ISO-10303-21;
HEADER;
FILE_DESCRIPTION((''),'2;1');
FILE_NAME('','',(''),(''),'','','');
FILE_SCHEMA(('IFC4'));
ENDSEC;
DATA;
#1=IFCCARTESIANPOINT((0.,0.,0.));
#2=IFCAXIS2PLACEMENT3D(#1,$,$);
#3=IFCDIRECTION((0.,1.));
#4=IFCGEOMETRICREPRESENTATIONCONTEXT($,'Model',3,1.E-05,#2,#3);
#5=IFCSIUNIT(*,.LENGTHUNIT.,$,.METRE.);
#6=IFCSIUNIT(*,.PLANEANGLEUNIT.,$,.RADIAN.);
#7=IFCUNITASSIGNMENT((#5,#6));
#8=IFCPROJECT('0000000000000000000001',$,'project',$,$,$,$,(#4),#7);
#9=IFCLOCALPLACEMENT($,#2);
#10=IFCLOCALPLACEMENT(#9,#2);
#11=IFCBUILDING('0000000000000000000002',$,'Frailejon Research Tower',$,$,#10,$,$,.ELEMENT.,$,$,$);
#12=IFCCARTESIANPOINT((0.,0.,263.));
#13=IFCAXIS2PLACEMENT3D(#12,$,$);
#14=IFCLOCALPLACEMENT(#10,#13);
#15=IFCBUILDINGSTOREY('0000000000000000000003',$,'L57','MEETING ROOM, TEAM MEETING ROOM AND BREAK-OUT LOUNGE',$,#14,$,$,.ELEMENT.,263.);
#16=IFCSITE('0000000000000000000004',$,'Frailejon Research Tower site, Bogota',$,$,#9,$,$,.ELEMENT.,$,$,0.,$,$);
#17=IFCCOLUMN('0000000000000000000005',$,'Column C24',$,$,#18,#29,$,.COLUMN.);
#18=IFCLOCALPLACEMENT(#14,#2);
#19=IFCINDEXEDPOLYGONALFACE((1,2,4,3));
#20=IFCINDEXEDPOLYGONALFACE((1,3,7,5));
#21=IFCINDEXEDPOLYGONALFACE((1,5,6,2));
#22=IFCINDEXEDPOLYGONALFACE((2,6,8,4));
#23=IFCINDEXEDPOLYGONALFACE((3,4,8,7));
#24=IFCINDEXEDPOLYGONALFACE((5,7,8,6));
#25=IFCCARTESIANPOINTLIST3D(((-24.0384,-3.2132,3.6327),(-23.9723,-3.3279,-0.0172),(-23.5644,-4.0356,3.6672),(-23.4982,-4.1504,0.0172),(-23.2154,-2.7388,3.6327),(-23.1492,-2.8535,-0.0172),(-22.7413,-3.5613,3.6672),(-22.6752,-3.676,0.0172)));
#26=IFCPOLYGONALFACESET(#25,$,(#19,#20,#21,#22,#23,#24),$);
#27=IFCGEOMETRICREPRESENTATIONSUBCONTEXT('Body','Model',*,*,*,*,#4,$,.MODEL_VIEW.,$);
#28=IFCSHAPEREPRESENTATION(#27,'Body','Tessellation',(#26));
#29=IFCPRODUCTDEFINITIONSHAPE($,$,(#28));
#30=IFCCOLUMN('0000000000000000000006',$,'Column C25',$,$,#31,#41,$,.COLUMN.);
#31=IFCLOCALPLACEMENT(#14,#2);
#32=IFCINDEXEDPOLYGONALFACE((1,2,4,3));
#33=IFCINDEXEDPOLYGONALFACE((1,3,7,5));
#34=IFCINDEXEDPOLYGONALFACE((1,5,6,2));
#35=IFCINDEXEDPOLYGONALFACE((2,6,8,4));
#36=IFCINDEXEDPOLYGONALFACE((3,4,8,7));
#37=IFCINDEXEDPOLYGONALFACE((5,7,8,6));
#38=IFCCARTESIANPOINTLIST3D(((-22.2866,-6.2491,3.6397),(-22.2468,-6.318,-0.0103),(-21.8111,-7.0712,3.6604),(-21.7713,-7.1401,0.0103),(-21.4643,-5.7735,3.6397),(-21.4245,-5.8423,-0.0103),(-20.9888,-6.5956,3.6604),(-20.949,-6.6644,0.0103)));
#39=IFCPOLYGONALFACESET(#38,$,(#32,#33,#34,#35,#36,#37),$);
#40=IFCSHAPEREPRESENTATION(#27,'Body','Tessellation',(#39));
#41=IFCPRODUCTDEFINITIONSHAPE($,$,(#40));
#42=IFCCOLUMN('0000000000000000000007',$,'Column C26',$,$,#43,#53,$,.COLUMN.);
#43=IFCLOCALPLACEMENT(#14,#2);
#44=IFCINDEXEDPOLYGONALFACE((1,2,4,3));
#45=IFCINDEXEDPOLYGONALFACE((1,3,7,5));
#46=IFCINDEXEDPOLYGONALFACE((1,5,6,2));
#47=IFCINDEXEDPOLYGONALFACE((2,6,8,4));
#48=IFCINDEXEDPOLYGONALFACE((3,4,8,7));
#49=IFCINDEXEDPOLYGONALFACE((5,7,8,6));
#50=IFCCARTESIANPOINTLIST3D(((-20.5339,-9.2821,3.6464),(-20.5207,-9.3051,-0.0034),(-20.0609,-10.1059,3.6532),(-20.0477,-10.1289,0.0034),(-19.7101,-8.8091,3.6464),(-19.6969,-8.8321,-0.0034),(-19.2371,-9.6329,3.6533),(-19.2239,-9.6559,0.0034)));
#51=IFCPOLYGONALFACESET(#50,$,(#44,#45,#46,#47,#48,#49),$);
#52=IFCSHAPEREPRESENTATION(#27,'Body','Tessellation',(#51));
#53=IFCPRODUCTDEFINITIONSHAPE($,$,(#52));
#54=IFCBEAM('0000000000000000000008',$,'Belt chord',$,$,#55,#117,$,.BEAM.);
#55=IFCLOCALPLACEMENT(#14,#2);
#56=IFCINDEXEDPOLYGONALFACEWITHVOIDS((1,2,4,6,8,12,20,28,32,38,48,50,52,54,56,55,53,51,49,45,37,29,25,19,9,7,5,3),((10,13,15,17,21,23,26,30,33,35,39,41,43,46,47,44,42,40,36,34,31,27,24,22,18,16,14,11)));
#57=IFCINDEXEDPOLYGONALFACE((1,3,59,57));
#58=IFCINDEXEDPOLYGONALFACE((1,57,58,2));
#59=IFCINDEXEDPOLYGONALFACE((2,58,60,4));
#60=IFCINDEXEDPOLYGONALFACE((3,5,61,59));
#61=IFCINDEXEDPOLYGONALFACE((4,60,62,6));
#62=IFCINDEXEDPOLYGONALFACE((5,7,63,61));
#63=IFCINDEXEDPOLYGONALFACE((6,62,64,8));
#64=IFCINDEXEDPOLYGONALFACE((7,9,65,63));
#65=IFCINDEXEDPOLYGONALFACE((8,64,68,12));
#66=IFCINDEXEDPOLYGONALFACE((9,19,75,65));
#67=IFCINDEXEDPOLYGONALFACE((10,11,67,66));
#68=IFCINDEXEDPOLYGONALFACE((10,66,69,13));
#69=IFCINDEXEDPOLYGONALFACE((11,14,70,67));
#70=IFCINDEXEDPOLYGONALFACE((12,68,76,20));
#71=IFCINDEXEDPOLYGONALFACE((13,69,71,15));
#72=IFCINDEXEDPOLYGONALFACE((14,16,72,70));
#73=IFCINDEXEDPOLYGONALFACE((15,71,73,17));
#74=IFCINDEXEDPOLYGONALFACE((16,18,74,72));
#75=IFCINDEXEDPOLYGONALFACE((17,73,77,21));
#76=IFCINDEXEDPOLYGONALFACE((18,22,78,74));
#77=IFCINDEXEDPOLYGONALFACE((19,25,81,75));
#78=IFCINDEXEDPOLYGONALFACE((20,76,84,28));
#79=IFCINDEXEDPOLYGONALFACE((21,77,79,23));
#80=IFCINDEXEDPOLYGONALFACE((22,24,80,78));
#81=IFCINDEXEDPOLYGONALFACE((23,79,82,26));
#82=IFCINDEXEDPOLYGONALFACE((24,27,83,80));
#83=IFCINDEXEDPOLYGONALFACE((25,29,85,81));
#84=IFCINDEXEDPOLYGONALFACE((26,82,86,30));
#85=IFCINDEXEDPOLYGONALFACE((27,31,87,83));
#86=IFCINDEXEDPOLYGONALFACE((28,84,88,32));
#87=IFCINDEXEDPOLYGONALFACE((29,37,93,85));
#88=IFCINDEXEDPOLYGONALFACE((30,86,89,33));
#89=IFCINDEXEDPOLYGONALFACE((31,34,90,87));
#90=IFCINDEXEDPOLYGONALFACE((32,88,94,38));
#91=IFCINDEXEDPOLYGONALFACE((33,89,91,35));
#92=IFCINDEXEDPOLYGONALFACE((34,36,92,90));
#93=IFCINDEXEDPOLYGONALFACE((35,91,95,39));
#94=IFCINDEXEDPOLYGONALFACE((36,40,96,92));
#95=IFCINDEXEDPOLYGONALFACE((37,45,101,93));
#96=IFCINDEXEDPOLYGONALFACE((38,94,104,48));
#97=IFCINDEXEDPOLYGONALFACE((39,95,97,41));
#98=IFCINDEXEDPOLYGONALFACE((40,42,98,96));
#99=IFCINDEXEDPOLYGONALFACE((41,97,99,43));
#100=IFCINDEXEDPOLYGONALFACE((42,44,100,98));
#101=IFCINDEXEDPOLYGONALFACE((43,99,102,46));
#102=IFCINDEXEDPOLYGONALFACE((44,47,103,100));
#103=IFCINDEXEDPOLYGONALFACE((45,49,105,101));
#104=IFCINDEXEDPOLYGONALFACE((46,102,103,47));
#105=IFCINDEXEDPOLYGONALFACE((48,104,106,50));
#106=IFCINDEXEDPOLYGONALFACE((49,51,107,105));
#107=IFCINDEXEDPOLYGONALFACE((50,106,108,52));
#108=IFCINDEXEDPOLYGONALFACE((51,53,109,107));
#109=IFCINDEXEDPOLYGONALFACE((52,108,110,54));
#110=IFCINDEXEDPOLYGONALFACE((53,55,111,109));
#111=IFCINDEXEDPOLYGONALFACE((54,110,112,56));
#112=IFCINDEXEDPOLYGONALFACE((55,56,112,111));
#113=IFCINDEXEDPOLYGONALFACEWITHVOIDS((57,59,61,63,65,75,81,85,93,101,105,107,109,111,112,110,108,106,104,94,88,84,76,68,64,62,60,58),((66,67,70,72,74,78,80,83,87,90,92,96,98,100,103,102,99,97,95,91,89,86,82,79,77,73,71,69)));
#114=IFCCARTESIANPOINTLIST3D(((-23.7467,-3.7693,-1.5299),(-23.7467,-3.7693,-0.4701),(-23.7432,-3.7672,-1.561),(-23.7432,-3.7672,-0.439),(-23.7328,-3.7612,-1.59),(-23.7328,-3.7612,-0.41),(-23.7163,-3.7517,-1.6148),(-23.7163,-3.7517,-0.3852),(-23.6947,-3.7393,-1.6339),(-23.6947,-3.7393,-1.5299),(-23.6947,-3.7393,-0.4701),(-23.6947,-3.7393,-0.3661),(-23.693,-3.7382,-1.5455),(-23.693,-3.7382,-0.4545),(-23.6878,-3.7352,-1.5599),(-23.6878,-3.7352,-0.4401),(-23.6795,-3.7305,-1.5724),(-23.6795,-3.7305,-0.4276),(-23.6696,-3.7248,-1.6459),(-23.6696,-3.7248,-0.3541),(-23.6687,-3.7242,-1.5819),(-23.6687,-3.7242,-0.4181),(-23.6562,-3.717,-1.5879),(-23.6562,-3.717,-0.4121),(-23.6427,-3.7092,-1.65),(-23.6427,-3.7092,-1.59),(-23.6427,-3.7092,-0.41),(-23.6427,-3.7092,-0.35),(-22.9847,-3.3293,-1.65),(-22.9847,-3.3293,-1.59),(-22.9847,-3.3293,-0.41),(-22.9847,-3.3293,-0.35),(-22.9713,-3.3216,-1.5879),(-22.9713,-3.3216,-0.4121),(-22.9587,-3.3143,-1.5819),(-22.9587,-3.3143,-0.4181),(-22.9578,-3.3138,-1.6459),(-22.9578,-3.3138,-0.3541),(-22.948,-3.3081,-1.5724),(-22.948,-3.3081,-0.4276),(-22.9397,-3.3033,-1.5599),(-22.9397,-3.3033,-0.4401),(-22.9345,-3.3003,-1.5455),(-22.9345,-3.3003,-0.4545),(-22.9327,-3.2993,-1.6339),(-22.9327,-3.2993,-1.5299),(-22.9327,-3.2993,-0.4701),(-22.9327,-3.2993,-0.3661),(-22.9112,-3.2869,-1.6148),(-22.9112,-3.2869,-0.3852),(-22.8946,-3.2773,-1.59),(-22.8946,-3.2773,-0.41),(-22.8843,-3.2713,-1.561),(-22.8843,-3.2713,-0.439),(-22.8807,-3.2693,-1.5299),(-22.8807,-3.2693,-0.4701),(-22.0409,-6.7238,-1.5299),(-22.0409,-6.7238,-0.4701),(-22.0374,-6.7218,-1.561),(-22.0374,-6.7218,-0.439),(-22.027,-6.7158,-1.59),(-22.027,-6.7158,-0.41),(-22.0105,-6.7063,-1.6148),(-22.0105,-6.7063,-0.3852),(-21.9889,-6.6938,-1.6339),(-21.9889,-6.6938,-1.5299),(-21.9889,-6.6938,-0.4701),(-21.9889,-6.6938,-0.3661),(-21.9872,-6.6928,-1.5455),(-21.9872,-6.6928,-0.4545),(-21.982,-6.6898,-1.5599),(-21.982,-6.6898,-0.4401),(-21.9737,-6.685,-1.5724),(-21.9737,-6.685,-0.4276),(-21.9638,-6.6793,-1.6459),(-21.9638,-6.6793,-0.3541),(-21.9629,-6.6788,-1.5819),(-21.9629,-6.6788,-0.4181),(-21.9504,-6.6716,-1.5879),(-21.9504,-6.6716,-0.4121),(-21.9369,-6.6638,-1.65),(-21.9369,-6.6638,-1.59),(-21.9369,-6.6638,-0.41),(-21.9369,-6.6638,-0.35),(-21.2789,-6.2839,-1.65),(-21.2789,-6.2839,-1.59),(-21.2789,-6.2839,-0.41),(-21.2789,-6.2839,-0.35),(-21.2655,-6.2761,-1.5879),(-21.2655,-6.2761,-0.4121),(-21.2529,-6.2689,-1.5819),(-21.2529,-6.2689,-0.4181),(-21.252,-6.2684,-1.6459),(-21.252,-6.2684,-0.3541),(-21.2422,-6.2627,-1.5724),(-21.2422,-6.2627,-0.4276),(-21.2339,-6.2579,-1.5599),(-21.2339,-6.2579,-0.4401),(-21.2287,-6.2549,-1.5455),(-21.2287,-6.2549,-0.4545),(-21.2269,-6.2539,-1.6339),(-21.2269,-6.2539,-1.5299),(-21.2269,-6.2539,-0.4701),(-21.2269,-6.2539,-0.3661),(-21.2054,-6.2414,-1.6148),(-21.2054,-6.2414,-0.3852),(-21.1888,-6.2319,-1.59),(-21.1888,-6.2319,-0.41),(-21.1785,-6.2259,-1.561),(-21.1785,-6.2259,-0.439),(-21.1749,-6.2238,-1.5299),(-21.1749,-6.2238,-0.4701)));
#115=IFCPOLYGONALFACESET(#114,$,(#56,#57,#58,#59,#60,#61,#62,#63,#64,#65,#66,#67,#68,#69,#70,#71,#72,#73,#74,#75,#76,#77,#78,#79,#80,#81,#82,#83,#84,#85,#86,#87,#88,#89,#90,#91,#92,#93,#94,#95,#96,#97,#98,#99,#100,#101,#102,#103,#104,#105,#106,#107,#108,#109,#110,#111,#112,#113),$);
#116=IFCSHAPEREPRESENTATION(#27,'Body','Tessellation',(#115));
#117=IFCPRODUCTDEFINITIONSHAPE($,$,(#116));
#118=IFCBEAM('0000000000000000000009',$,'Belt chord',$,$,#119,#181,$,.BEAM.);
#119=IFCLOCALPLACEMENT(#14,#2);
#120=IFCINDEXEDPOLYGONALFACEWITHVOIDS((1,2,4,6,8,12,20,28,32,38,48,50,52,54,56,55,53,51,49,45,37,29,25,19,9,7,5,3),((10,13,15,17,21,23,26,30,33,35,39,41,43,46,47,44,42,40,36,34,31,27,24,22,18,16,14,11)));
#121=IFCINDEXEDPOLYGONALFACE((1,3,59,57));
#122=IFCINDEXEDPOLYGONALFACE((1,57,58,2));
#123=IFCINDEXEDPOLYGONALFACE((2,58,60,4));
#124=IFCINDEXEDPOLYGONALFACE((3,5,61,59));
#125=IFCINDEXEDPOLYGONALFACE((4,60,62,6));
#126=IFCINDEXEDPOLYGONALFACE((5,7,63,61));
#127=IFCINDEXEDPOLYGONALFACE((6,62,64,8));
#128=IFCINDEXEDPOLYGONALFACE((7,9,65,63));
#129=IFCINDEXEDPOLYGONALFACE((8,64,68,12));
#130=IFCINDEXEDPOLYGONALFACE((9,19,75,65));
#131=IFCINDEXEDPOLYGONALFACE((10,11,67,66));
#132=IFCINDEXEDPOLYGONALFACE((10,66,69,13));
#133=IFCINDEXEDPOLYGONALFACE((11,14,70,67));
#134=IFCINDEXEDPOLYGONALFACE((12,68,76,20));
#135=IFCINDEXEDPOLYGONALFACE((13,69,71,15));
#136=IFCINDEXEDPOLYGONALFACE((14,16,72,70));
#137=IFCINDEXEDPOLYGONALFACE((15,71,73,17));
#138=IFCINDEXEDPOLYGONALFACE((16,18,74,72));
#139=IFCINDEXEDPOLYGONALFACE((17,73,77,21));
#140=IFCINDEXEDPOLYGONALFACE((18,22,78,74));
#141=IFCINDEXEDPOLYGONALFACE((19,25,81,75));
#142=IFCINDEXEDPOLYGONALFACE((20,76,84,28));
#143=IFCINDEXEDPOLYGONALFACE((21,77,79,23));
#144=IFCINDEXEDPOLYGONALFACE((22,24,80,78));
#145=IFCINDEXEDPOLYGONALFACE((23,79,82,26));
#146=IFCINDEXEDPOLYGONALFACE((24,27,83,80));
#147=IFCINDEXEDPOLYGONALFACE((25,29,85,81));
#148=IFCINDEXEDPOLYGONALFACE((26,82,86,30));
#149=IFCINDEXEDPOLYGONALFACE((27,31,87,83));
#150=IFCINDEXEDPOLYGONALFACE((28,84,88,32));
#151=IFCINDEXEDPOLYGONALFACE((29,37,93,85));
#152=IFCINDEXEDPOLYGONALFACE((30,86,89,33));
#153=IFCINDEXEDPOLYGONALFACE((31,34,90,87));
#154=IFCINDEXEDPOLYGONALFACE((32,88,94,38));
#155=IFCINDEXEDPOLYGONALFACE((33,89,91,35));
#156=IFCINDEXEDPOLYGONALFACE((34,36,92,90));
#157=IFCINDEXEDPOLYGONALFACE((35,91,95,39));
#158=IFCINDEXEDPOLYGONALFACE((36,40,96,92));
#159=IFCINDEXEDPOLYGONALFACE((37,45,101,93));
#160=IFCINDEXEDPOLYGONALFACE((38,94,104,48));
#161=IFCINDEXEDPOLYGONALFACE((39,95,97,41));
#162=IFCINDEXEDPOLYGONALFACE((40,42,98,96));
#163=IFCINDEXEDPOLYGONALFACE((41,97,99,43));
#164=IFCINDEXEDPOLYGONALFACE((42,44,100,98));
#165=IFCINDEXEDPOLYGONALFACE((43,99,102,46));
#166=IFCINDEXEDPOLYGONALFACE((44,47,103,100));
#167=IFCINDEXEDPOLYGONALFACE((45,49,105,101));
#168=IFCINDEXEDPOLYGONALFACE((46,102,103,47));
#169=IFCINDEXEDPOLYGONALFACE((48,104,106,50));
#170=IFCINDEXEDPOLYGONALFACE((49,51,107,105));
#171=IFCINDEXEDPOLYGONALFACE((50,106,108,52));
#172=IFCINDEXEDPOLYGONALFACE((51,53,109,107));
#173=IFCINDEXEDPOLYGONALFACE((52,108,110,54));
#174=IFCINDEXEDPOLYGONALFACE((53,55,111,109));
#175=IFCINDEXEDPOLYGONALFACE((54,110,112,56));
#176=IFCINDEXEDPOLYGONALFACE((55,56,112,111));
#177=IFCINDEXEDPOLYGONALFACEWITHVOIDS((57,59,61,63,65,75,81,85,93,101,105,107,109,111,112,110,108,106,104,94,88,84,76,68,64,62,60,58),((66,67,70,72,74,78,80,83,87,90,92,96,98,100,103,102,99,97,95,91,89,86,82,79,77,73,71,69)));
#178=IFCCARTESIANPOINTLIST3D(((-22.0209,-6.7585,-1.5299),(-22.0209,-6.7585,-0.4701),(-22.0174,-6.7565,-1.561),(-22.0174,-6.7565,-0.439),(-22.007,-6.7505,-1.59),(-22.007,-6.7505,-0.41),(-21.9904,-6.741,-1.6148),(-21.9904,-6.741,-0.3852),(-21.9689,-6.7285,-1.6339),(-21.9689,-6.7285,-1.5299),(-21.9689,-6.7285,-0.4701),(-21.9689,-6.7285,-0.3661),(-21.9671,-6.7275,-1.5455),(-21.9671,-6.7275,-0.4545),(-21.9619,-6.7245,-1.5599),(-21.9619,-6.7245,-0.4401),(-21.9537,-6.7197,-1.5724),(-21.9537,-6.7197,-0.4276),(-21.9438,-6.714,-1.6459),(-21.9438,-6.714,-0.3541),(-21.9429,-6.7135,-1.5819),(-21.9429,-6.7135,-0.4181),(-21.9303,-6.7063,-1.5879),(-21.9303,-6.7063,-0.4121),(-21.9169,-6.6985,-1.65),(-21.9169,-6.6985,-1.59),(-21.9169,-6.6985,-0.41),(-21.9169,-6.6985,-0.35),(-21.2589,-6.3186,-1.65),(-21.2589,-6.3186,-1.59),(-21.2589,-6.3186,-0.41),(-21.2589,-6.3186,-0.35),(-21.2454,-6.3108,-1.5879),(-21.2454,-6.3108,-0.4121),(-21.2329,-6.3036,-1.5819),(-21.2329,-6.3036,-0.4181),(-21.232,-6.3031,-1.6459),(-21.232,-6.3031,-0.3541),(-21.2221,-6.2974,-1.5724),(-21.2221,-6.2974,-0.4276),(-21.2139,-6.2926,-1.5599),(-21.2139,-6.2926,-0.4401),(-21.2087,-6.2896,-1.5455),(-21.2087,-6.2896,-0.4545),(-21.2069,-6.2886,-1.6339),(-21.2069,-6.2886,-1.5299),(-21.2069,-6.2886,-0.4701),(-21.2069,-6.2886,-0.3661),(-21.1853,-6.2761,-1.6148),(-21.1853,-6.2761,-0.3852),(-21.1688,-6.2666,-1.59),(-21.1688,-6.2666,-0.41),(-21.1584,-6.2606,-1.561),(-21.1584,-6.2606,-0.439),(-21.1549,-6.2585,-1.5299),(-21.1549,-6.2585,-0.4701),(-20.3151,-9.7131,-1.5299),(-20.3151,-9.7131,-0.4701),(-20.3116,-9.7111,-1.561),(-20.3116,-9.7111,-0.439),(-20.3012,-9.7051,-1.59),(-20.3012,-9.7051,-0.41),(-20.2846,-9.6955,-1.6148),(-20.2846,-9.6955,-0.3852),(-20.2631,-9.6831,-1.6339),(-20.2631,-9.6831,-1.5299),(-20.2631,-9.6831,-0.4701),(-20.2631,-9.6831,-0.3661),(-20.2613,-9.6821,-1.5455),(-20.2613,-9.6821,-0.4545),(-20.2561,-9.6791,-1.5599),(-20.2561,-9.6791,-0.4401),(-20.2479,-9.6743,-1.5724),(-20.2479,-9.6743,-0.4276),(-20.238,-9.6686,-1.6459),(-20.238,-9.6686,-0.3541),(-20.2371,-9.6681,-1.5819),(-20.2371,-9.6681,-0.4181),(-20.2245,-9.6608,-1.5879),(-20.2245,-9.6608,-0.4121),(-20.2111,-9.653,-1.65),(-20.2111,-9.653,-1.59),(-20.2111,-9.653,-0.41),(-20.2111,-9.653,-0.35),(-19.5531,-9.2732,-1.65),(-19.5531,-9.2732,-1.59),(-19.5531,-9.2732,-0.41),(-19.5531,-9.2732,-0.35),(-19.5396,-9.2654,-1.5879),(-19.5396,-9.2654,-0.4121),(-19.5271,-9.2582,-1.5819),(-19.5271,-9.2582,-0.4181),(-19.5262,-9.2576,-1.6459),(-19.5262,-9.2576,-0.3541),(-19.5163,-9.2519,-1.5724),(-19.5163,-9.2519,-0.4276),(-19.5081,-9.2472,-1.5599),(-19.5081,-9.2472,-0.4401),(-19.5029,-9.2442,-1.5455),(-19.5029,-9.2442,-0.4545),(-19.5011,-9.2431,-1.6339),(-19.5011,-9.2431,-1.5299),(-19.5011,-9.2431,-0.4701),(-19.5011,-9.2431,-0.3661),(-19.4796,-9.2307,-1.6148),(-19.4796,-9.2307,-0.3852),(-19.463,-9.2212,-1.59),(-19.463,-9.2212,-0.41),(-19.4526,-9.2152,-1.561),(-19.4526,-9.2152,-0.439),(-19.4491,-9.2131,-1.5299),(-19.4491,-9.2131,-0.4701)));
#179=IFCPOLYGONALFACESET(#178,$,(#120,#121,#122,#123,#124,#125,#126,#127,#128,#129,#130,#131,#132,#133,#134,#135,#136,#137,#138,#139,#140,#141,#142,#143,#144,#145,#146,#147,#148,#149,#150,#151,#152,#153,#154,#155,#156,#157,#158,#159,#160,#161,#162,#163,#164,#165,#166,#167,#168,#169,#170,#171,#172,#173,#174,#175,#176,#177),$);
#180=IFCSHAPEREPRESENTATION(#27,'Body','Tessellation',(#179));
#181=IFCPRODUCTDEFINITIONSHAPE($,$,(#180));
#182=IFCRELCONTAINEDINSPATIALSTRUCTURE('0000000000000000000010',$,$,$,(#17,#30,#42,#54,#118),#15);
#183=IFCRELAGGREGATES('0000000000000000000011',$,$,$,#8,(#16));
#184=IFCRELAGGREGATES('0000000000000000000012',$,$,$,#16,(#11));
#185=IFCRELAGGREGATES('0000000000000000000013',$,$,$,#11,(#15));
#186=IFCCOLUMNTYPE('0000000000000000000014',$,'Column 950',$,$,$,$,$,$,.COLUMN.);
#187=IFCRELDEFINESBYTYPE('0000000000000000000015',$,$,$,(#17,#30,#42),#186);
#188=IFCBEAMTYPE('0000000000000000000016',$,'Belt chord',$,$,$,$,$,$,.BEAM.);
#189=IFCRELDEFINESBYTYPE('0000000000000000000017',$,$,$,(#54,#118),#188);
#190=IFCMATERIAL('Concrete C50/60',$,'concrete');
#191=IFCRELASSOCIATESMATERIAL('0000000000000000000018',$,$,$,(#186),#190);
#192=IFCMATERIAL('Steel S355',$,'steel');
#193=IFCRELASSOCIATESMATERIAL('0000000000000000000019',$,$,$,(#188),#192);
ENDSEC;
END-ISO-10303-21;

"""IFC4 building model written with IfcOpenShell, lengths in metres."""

from ifc_helpers import new_model, si_unit, direction, frame, origin, origin_2d, place, context, subcontext, project, spatial, rectangle, hollow_rectangle, extrude, material, material_profile, profile_set, type_object, element, save


model = new_model("IFC4")

# Units and contexts
model_context = context("Model", 3, precision=1e-05, world=origin(), true_north=direction((0.0, 1.0)))
body_context = subcontext(model_context, "Body", "Model", "MODEL_VIEW")
ifc_project = project(units=[si_unit("LENGTHUNIT", "METRE"), si_unit("PLANEANGLEUNIT", "RADIAN")], contexts=[model_context])

# Site, building, storey
site_placement = place(None, origin())
site = spatial("IfcSite", under=ifc_project, at=site_placement, Name="Frailejon Research Tower site, Bogota", CompositionType="ELEMENT", RefElevation=0.0)
building_placement = place(site_placement, origin())
building = spatial("IfcBuilding", under=site, at=building_placement, Name="Frailejon Research Tower", CompositionType="ELEMENT")
storey_placement = place(building_placement, frame((0.0, 0.0, 263.0)))
storey = spatial("IfcBuildingStorey", under=building, at=storey_placement, Name="L57", Description="MEETING ROOM, TEAM MEETING ROOM AND BREAK-OUT LOUNGE", CompositionType="ELEMENT", Elevation=263.0)

# Columns
ifc_material_1 = material(Name="Concrete C50/60", Category="concrete")
ifc_material_profile_1 = material_profile(ifc_material_1, rectangle(XDim=0.95, YDim=0.95, at=origin_2d()), Name="Column 950")
ifc_profile_set_1 = profile_set([ifc_material_profile_1], Name="Concrete C50/60")
column_type = type_object("IfcColumnType", Name="Column 950", PredefinedType="COLUMN", material=ifc_profile_set_1)
column_1_placement = place(storey_placement, frame((-23.3237, -3.502, 0.0), z_axis=(-0.018115, 0.031417, 0.999342), x_axis=(0.49904, -0.865819, 0.036266)))
element("IfcColumn", 1, at=column_1_placement, inside=storey, type_object=column_type, Name="Column C24", PredefinedType="COLUMN", context=body_context, shape_type="SweptSolid", body=[
    extrude(rectangle(XDim=0.95, YDim=0.95, at=origin_2d()), origin(), (0.0, 0.0, 1.0), 3.6523),
])
column_2_placement = place(storey_placement, frame((-21.5979, -6.4912, 0.0), z_axis=(-0.0109, 0.018858, 0.999763), x_axis=(0.50059, -0.86541, 0.021782)))
element("IfcColumn", 2, at=column_2_placement, inside=storey, type_object=column_type, Name="Column C25", PredefinedType="COLUMN", context=body_context, shape_type="SweptSolid", body=[
    extrude(rectangle(XDim=0.95, YDim=0.95, at=origin_2d()), origin(), (0.0, 0.0, 1.0), 3.6509),
])
column_3_placement = place(storey_placement, frame((-19.8723, -9.4805, 0.0), z_axis=(-0.003612, 0.006287, 0.999974), x_axis=(0.49789, -0.86721, 0.007251)))
element("IfcColumn", 3, at=column_3_placement, inside=storey, type_object=column_type, Name="Column C26", PredefinedType="COLUMN", context=body_context, shape_type="SweptSolid", body=[
    extrude(rectangle(XDim=0.95, YDim=0.95, at=origin_2d()), origin(), (0.0, 0.0, 1.0), 3.6499),
])

# Beams
ifc_material_2 = material(Name="Steel S355", Category="steel")
ifc_material_profile_2 = material_profile(ifc_material_2, hollow_rectangle(XDim=1.0, YDim=1.3, WallThickness=0.0601, InnerFilletRadius=0.0601, OuterFilletRadius=0.1201, at=origin_2d()), Name="Belt chord")
ifc_profile_set_2 = profile_set([ifc_material_profile_2], Name="Steel S355")
beam_type_1 = type_object("IfcBeamType", Name="Belt chord", PredefinedType="BEAM", material=ifc_profile_set_2)
for number, where, z_axis, x_axis, name in (
    (4, (-23.3137, -3.5193, -1.0), (0.499995, -0.866028, 0.0), (0.866028, 0.499995, 0.0), "Belt chord"),
    (5, (-21.5879, -6.5085, -1.0), (0.499995, -0.866028, 0.0), (0.866028, 0.499995, 0.0), "Belt chord"),
):
    element("IfcBeam", number, at=place(storey_placement, frame(where, z_axis=z_axis, x_axis=x_axis)), inside=storey, type_object=beam_type_1, Name=name, PredefinedType="BEAM", context=body_context, shape_type="SweptSolid", body=[
        extrude(hollow_rectangle(XDim=1.0, YDim=1.3, WallThickness=0.0601, InnerFilletRadius=0.0601, OuterFilletRadius=0.1201, at=origin_2d()), origin(), (0.0, 0.0, 1.0), 3.4116),
    ])

save(model, "model.ifc")
